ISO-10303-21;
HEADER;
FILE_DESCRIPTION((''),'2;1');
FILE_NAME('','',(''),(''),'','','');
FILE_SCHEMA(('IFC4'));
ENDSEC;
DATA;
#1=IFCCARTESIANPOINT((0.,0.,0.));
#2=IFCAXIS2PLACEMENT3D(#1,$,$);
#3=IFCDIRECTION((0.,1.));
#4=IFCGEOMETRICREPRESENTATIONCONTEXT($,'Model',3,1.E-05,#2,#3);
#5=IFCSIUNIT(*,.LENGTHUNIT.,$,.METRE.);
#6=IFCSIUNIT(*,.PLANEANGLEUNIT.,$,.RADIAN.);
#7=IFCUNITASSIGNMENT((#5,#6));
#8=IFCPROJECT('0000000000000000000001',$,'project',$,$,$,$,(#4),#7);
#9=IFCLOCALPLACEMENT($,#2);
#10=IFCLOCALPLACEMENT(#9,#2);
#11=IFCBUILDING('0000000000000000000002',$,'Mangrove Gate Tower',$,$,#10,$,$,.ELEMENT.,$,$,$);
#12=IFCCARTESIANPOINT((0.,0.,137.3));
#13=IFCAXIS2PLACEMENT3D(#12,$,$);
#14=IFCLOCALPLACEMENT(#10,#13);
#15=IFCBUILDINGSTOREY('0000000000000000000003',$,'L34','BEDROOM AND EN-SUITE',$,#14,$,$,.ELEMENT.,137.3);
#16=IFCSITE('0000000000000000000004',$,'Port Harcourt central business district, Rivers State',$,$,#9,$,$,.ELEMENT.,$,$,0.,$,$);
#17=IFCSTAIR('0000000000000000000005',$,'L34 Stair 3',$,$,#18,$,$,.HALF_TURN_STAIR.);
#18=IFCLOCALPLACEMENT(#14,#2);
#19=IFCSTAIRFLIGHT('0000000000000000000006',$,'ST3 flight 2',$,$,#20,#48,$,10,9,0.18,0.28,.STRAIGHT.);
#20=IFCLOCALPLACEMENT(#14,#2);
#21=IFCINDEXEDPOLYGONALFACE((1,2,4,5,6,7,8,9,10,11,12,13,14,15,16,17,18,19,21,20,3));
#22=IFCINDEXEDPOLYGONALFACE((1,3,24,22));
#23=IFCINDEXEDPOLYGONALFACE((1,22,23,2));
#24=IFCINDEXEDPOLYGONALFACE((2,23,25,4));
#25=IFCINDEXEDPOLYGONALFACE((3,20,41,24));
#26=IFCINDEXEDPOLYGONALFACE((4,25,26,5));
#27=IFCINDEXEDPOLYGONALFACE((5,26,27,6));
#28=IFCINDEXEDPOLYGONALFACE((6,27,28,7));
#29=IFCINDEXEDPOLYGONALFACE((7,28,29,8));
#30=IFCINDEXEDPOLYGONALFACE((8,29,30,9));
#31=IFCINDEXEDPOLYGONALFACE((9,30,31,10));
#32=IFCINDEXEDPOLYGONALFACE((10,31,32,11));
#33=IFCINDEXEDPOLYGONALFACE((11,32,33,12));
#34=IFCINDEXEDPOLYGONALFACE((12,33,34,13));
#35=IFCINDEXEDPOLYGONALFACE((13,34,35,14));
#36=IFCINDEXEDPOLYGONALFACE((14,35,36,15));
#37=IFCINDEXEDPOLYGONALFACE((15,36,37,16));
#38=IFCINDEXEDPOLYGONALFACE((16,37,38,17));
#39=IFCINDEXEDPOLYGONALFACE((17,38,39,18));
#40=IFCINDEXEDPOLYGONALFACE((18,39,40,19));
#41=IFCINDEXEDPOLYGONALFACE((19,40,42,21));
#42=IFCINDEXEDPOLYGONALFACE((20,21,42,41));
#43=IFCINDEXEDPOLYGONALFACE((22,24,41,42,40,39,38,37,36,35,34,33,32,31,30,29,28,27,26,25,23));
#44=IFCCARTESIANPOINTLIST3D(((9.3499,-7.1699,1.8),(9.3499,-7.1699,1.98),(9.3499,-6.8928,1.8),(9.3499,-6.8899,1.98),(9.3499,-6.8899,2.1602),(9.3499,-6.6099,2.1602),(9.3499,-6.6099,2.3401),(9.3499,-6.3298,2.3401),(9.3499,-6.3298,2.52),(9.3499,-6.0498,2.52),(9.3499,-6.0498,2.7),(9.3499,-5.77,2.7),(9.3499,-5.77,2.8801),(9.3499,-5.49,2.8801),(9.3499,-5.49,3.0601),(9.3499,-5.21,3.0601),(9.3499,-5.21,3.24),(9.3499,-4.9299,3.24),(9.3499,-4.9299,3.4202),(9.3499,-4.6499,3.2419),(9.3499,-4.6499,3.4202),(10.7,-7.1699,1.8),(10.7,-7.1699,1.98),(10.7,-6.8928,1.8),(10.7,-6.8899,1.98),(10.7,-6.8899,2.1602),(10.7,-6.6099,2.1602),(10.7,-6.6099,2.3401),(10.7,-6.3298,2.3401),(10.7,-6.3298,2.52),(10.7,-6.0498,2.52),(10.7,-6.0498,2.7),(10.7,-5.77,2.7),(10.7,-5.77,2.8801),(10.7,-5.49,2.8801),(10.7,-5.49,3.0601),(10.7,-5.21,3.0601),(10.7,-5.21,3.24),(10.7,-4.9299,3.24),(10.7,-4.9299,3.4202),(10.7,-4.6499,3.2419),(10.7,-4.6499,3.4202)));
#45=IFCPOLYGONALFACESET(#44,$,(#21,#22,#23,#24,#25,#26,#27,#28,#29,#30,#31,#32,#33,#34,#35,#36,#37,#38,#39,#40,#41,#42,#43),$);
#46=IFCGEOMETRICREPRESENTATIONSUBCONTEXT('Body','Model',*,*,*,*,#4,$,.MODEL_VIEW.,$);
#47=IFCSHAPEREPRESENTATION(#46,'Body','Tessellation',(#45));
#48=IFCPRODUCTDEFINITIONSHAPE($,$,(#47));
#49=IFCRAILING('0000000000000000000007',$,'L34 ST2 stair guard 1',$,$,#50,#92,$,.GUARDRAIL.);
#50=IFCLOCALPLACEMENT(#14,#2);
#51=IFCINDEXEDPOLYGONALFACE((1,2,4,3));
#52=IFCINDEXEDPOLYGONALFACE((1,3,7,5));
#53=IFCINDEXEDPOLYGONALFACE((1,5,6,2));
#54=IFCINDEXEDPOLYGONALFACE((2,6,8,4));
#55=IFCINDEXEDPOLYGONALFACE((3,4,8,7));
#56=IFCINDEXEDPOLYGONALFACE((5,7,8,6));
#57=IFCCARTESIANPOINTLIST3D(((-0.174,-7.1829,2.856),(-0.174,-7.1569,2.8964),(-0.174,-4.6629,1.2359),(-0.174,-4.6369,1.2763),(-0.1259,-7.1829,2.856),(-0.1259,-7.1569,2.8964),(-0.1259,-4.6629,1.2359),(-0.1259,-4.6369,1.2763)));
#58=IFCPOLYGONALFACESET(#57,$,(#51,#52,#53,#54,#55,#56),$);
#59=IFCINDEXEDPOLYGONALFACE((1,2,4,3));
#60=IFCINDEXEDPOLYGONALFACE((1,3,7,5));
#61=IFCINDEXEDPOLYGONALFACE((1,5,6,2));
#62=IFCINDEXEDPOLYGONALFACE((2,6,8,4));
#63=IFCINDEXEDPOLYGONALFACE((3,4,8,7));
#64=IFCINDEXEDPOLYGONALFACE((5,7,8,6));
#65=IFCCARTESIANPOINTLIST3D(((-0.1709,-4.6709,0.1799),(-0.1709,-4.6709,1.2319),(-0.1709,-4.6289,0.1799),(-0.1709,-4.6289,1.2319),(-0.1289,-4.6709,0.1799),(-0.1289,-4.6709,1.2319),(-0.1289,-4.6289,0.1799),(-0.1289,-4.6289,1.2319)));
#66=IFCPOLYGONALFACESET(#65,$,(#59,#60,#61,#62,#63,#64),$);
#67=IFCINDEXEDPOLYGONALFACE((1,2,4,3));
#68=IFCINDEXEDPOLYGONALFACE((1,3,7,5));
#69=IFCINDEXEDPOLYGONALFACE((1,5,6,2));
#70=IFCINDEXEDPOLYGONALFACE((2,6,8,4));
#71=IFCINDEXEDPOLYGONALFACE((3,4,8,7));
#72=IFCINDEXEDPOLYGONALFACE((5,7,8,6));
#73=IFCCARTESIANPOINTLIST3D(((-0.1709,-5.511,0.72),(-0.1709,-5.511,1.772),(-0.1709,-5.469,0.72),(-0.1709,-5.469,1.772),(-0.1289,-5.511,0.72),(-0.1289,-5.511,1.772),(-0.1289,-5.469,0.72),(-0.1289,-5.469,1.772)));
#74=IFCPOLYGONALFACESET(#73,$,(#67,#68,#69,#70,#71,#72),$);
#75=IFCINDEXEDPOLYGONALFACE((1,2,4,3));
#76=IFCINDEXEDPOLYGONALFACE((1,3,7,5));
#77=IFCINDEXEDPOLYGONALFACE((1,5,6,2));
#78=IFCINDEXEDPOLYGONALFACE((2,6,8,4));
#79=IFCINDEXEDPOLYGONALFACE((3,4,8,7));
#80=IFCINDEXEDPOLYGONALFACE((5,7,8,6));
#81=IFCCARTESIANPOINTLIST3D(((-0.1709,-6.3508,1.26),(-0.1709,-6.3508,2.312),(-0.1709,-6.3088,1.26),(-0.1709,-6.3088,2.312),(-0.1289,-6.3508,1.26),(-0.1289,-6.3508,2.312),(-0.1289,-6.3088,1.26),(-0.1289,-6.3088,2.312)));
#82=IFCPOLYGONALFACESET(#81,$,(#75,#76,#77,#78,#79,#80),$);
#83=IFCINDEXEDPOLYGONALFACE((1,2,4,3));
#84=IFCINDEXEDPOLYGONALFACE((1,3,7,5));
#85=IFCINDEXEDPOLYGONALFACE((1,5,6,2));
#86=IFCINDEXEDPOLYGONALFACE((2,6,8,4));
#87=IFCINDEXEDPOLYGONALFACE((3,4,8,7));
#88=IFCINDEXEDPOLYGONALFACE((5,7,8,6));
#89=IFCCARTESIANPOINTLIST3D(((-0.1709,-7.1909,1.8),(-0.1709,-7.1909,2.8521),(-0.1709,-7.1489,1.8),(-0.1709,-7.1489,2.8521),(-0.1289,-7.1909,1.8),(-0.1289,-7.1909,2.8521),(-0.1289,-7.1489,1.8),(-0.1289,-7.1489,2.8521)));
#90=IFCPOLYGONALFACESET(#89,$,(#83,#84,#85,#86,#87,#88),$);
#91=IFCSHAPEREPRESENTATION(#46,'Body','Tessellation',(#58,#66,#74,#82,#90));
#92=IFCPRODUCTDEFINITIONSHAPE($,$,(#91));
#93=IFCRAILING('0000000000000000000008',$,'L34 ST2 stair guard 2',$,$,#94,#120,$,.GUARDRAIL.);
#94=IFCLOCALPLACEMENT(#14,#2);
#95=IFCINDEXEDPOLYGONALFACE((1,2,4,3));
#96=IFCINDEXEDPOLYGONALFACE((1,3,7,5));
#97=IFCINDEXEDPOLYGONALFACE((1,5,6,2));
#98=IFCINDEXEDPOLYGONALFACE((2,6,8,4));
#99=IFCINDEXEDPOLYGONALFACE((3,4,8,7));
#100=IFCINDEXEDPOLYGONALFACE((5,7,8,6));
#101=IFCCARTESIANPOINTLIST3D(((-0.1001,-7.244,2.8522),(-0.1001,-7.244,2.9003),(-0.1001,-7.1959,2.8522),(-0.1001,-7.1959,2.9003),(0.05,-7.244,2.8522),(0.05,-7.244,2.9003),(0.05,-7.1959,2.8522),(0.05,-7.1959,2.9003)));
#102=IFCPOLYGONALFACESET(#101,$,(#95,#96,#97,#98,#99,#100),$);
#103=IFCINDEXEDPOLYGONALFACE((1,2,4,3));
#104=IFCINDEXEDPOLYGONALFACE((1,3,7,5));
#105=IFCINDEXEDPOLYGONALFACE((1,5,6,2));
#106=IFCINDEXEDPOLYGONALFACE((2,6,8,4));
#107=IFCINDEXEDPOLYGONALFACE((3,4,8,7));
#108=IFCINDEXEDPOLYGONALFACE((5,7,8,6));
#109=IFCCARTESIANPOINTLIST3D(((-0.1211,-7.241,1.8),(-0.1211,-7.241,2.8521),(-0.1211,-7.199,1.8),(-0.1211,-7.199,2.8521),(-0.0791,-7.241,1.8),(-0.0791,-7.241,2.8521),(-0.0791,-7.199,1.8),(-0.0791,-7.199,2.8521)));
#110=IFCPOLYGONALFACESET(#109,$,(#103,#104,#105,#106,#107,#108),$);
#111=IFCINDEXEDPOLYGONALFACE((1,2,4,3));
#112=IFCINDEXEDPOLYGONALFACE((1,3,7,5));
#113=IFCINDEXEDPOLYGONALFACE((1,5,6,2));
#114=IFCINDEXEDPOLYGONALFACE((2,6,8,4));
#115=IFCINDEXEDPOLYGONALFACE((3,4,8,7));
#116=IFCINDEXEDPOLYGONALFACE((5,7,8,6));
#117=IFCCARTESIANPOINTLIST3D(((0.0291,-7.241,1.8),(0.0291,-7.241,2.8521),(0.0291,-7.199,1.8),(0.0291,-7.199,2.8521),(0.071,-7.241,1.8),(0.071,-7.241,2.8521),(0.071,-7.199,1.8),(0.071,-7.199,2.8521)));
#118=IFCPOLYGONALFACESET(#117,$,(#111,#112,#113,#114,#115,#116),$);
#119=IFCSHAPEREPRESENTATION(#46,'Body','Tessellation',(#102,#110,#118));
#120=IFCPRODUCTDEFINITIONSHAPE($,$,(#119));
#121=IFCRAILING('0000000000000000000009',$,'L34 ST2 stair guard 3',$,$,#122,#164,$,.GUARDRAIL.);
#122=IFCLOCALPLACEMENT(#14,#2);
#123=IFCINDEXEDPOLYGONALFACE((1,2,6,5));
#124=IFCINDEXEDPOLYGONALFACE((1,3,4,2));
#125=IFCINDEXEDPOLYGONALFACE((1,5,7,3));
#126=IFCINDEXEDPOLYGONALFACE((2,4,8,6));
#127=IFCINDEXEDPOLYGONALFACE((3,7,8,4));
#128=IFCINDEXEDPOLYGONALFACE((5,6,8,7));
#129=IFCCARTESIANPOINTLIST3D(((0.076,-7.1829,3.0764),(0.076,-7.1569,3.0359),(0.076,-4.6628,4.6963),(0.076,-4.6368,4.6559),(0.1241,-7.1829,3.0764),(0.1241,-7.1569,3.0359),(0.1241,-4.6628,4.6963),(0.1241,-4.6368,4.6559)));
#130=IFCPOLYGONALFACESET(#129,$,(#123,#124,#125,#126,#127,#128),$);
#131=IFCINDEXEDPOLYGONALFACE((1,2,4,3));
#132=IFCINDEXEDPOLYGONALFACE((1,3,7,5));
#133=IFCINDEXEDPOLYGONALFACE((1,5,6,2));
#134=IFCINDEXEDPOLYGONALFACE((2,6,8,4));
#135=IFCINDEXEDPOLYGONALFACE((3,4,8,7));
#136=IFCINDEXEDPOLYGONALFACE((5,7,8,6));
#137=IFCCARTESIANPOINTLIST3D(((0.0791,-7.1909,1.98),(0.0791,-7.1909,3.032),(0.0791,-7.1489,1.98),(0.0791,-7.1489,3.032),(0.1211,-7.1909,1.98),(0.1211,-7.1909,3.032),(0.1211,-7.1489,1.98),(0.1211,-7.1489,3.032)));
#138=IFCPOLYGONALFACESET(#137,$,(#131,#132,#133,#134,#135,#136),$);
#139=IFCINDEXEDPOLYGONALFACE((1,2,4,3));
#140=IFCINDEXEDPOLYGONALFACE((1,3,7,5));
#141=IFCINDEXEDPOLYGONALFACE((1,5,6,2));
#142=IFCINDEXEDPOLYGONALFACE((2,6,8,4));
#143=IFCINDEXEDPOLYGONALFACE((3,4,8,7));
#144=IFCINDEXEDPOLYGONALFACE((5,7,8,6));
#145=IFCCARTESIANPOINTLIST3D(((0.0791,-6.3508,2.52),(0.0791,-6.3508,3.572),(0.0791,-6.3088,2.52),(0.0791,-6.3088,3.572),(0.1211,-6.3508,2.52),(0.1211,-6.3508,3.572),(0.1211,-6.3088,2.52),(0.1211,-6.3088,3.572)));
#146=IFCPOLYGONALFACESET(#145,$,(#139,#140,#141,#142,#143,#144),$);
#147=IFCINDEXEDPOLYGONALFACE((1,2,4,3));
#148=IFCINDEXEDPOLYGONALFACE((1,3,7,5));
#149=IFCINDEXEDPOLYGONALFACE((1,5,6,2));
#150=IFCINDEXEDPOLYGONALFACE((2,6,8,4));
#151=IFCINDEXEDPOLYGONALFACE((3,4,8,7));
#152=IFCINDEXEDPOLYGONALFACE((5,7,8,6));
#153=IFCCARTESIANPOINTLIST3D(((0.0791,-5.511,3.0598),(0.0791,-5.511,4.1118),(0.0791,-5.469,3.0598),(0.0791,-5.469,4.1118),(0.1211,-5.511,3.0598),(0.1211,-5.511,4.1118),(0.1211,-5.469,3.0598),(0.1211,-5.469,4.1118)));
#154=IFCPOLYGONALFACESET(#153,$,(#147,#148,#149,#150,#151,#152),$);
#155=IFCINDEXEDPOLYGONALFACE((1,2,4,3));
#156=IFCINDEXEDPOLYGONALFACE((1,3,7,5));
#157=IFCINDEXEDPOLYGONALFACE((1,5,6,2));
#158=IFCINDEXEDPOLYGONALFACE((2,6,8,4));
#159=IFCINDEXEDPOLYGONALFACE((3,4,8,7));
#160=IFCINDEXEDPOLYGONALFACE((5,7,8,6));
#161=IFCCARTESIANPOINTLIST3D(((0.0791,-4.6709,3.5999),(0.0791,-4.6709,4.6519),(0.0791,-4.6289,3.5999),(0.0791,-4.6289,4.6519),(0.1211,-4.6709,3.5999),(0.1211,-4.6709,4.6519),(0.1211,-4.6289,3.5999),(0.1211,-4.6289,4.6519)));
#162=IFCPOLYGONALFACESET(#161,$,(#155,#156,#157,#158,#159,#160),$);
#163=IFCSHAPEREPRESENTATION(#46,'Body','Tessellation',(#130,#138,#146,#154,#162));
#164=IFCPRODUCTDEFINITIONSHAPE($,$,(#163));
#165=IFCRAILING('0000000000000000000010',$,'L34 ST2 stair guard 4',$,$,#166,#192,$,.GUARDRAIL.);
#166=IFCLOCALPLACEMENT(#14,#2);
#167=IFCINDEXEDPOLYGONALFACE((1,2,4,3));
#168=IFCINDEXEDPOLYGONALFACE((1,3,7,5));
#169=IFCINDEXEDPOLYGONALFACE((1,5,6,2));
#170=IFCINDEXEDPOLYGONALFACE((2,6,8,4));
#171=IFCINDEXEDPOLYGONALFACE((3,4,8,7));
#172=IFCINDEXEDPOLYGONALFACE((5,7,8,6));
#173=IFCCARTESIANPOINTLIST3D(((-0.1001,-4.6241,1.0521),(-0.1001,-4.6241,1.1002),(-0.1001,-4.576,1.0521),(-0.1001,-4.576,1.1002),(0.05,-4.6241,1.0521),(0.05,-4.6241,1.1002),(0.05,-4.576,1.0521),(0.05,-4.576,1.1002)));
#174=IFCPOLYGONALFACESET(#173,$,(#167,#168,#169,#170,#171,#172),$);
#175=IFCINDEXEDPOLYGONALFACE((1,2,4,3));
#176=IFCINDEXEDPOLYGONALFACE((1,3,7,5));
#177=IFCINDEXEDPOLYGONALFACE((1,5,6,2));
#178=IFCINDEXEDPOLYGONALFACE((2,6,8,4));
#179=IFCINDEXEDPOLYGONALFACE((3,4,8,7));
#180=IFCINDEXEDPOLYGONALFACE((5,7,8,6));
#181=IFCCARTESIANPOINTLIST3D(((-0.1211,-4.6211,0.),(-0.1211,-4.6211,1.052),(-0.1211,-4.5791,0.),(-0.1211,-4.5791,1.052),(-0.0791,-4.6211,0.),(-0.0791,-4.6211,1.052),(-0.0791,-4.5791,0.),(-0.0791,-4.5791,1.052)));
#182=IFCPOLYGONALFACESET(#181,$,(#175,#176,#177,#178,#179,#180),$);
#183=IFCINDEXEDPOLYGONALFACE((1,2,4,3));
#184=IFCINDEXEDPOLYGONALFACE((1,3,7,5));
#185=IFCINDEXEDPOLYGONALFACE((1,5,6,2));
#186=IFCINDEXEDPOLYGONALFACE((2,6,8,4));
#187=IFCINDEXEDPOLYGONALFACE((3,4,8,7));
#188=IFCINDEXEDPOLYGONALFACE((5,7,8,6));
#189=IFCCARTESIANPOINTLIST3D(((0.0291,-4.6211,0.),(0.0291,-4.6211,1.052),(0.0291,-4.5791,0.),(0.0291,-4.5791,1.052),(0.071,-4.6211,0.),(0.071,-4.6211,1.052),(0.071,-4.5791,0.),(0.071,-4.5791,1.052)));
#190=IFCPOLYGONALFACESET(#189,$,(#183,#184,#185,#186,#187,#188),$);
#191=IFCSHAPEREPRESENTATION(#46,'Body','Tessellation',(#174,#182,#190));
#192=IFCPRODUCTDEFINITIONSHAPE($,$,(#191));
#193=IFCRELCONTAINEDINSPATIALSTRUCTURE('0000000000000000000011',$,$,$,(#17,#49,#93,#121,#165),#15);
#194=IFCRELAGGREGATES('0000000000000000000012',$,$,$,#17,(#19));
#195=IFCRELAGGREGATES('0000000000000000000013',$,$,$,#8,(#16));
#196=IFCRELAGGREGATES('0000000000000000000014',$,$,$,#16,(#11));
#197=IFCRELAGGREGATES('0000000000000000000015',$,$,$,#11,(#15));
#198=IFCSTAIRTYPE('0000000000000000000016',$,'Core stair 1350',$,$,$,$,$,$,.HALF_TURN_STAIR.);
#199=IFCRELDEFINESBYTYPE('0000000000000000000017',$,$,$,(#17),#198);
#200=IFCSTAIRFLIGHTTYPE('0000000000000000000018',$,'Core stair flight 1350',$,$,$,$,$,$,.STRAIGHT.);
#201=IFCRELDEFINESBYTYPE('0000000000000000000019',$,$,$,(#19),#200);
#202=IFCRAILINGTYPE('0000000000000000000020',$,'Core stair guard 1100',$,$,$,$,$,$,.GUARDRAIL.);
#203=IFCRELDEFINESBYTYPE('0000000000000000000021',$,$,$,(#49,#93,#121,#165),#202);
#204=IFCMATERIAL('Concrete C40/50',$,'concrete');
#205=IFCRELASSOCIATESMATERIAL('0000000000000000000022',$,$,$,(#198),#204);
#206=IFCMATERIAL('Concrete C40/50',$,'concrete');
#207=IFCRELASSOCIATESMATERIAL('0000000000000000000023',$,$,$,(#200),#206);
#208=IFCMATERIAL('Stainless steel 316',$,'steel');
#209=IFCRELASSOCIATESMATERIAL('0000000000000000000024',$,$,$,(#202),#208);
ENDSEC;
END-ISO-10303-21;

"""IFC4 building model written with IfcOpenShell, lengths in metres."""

from ifc_helpers import new_model, si_unit, direction, frame, origin, origin_2d, place, context, subcontext, project, spatial, polyline, rectangle, outline, extrude, material, type_object, element, aggregate, save


model = new_model("IFC4")

# Units and contexts
model_context = context("Model", 3, precision=1e-05, world=origin(), true_north=direction((0.0, 1.0)))
body_context = subcontext(model_context, "Body", "Model", "MODEL_VIEW")
ifc_project = project(units=[si_unit("LENGTHUNIT", "METRE"), si_unit("PLANEANGLEUNIT", "RADIAN")], contexts=[model_context])

# Site, building, storey
site_placement = place(None, origin())
site = spatial("IfcSite", under=ifc_project, at=site_placement, Name="Port Harcourt central business district, Rivers State", CompositionType="ELEMENT", RefElevation=0.0)
building_placement = place(site_placement, origin())
building = spatial("IfcBuilding", under=site, at=building_placement, Name="Mangrove Gate Tower", CompositionType="ELEMENT")
storey_placement = place(building_placement, frame((0.0, 0.0, 137.3)))
storey = spatial("IfcBuildingStorey", under=building, at=storey_placement, Name="L34", Description="BEDROOM AND EN-SUITE", CompositionType="ELEMENT", Elevation=137.3)

# Shared definitions
ifc_material_1 = material(Name="Concrete C40/50", Category="concrete")
stair_type = type_object("IfcStairType", Name="Core stair 1350", PredefinedType="HALF_TURN_STAIR", material=ifc_material_1)
ifc_material_2 = material(Name="Concrete C40/50", Category="concrete")
stair_flight_type = type_object("IfcStairFlightType", Name="Core stair flight 1350", PredefinedType="STRAIGHT", material=ifc_material_2)

# Stair, stair flight
stair_1_placement = place(storey_placement, origin())
stair_1 = element("IfcStair", 1, at=stair_1_placement, inside=storey, type_object=stair_type, Name="L34 Stair 3", PredefinedType="HALF_TURN_STAIR")
stair_flight_1_placement = place(storey_placement, frame((10.0249, -7.1699, 1.8), z_axis=(0.0, 0.0, 1.0), x_axis=(0.0, 1.0, 0.0)))
stair_flight_1 = element("IfcStairFlight", 2, at=stair_flight_1_placement, type_object=stair_flight_type, Name="ST3 flight 2", NumberOfRisers=10, NumberOfTreads=9, PredefinedType="STRAIGHT", RiserHeight=0.18, TreadLength=0.28, context=body_context, shape_type="SweptSolid", body=[
    extrude(outline(polyline([(0.0, 0.0), (0.0, 0.1799), (0.28, 0.1799), (0.28, 0.3601), (0.5601, 0.3601), (0.5601, 0.54), (0.8401, 0.54), (0.8401, 0.72), (1.1201, 0.72), (1.1201, 0.8999), (1.3999, 0.8999), (1.3999, 1.0801), (1.6799, 1.0801), (1.6799, 1.26), (1.96, 1.26), (1.96, 1.4399), (2.24, 1.4399), (2.24, 1.6201), (2.52, 1.6201), (2.52, 1.8), (2.52, 1.4419), (0.2771, 0.0), (0.0, 0.0)])), frame((0.0, 0.675, 0.0), z_axis=(0.0, -1.0, 0.0), x_axis=(1.0, 0.0, 0.0)), (0.0, 0.0, 1.0), 1.3501),
])
aggregate(stair_1, [stair_flight_1])

# Railings
ifc_material_3 = material(Name="Stainless steel 316", Category="steel")
railing_type_1 = type_object("IfcRailingType", Name="Core stair guard 1100", PredefinedType="GUARDRAIL", material=ifc_material_3)
railing_1_placement = place(storey_placement, frame((-0.1499, -4.6499, 0.1799)))
element("IfcRailing", 3, at=railing_1_placement, inside=storey, type_object=railing_type_1, Name="L34 ST2 stair guard 1", PredefinedType="GUARDRAIL", context=body_context, shape_type="SweptSolid", body=[
    extrude(rectangle(XDim=0.0481, YDim=0.0481, at=origin_2d()), frame((0.0, 0.0, 1.0762), z_axis=(0.0, -0.841163, 0.540782), x_axis=(1.0, 0.0, 0.0)), (0.0, 0.0, 1.0), 2.9958),
    extrude(rectangle(XDim=0.042, YDim=0.042, at=origin_2d()), origin(), (0.0, 0.0, 1.0), 1.052),
    extrude(rectangle(XDim=0.042, YDim=0.042, at=origin_2d()), frame((0.0, -0.8401, 0.54)), (0.0, 0.0, 1.0), 1.052),
    extrude(rectangle(XDim=0.042, YDim=0.042, at=origin_2d()), frame((0.0, -1.6799, 1.0801)), (0.0, 0.0, 1.0), 1.052),
    extrude(rectangle(XDim=0.042, YDim=0.042, at=origin_2d()), frame((0.0, -2.52, 1.6201)), (0.0, 0.0, 1.0), 1.052),
])
railing_2_placement = place(storey_placement, frame((-0.1001, -7.22, 1.8)))
element("IfcRailing", 4, at=railing_2_placement, inside=storey, type_object=railing_type_1, Name="L34 ST2 stair guard 2", PredefinedType="GUARDRAIL", context=body_context, shape_type="SweptSolid", body=[
    extrude(rectangle(XDim=0.0481, YDim=0.0481, at=origin_2d()), frame((0.0, 0.0, 1.0762), z_axis=(1.0, 0.0, 0.0), x_axis=(0.0, 1.0, 0.0)), (0.0, 0.0, 1.0), 0.1501),
    extrude(rectangle(XDim=0.042, YDim=0.042, at=origin_2d()), origin(), (0.0, 0.0, 1.0), 1.052),
    extrude(rectangle(XDim=0.042, YDim=0.042, at=origin_2d()), frame((0.1501, 0.0, 0.0)), (0.0, 0.0, 1.0), 1.052),
])
railing_3_placement = place(storey_placement, frame((0.1001, -7.1699, 1.98)))
element("IfcRailing", 5, at=railing_3_placement, inside=storey, type_object=railing_type_1, Name="L34 ST2 stair guard 3", PredefinedType="GUARDRAIL", context=body_context, shape_type="SweptSolid", body=[
    extrude(rectangle(XDim=0.0481, YDim=0.0481, at=origin_2d()), frame((0.0, 0.0, 1.0762), z_axis=(0.0, 0.8412, 0.540725), x_axis=(-1.0, 0.0, 0.0)), (0.0, 0.0, 1.0), 2.9958),
    extrude(rectangle(XDim=0.042, YDim=0.042, at=origin_2d()), origin(), (0.0, 0.0, 1.0), 1.052),
    extrude(rectangle(XDim=0.042, YDim=0.042, at=origin_2d()), frame((0.0, 0.8401, 0.54)), (0.0, 0.0, 1.0), 1.052),
    extrude(rectangle(XDim=0.042, YDim=0.042, at=origin_2d()), frame((0.0, 1.6799, 1.0798)), (0.0, 0.0, 1.0), 1.052),
    extrude(rectangle(XDim=0.042, YDim=0.042, at=origin_2d()), frame((0.0, 2.52, 1.6199)), (0.0, 0.0, 1.0), 1.052),
])
railing_4_placement = place(storey_placement, frame((-0.1001, -4.6001, 0.0)))
element("IfcRailing", 6, at=railing_4_placement, inside=storey, type_object=railing_type_1, Name="L34 ST2 stair guard 4", PredefinedType="GUARDRAIL", context=body_context, shape_type="SweptSolid", body=[
    extrude(rectangle(XDim=0.0481, YDim=0.0481, at=origin_2d()), frame((0.0, 0.0, 1.0762), z_axis=(1.0, 0.0, 0.0), x_axis=(0.0, 1.0, 0.0)), (0.0, 0.0, 1.0), 0.1501),
    extrude(rectangle(XDim=0.042, YDim=0.042, at=origin_2d()), origin(), (0.0, 0.0, 1.0), 1.052),
    extrude(rectangle(XDim=0.042, YDim=0.042, at=origin_2d()), frame((0.1501, 0.0, 0.0)), (0.0, 0.0, 1.0), 1.052),
])

save(model, "model.ifc")
